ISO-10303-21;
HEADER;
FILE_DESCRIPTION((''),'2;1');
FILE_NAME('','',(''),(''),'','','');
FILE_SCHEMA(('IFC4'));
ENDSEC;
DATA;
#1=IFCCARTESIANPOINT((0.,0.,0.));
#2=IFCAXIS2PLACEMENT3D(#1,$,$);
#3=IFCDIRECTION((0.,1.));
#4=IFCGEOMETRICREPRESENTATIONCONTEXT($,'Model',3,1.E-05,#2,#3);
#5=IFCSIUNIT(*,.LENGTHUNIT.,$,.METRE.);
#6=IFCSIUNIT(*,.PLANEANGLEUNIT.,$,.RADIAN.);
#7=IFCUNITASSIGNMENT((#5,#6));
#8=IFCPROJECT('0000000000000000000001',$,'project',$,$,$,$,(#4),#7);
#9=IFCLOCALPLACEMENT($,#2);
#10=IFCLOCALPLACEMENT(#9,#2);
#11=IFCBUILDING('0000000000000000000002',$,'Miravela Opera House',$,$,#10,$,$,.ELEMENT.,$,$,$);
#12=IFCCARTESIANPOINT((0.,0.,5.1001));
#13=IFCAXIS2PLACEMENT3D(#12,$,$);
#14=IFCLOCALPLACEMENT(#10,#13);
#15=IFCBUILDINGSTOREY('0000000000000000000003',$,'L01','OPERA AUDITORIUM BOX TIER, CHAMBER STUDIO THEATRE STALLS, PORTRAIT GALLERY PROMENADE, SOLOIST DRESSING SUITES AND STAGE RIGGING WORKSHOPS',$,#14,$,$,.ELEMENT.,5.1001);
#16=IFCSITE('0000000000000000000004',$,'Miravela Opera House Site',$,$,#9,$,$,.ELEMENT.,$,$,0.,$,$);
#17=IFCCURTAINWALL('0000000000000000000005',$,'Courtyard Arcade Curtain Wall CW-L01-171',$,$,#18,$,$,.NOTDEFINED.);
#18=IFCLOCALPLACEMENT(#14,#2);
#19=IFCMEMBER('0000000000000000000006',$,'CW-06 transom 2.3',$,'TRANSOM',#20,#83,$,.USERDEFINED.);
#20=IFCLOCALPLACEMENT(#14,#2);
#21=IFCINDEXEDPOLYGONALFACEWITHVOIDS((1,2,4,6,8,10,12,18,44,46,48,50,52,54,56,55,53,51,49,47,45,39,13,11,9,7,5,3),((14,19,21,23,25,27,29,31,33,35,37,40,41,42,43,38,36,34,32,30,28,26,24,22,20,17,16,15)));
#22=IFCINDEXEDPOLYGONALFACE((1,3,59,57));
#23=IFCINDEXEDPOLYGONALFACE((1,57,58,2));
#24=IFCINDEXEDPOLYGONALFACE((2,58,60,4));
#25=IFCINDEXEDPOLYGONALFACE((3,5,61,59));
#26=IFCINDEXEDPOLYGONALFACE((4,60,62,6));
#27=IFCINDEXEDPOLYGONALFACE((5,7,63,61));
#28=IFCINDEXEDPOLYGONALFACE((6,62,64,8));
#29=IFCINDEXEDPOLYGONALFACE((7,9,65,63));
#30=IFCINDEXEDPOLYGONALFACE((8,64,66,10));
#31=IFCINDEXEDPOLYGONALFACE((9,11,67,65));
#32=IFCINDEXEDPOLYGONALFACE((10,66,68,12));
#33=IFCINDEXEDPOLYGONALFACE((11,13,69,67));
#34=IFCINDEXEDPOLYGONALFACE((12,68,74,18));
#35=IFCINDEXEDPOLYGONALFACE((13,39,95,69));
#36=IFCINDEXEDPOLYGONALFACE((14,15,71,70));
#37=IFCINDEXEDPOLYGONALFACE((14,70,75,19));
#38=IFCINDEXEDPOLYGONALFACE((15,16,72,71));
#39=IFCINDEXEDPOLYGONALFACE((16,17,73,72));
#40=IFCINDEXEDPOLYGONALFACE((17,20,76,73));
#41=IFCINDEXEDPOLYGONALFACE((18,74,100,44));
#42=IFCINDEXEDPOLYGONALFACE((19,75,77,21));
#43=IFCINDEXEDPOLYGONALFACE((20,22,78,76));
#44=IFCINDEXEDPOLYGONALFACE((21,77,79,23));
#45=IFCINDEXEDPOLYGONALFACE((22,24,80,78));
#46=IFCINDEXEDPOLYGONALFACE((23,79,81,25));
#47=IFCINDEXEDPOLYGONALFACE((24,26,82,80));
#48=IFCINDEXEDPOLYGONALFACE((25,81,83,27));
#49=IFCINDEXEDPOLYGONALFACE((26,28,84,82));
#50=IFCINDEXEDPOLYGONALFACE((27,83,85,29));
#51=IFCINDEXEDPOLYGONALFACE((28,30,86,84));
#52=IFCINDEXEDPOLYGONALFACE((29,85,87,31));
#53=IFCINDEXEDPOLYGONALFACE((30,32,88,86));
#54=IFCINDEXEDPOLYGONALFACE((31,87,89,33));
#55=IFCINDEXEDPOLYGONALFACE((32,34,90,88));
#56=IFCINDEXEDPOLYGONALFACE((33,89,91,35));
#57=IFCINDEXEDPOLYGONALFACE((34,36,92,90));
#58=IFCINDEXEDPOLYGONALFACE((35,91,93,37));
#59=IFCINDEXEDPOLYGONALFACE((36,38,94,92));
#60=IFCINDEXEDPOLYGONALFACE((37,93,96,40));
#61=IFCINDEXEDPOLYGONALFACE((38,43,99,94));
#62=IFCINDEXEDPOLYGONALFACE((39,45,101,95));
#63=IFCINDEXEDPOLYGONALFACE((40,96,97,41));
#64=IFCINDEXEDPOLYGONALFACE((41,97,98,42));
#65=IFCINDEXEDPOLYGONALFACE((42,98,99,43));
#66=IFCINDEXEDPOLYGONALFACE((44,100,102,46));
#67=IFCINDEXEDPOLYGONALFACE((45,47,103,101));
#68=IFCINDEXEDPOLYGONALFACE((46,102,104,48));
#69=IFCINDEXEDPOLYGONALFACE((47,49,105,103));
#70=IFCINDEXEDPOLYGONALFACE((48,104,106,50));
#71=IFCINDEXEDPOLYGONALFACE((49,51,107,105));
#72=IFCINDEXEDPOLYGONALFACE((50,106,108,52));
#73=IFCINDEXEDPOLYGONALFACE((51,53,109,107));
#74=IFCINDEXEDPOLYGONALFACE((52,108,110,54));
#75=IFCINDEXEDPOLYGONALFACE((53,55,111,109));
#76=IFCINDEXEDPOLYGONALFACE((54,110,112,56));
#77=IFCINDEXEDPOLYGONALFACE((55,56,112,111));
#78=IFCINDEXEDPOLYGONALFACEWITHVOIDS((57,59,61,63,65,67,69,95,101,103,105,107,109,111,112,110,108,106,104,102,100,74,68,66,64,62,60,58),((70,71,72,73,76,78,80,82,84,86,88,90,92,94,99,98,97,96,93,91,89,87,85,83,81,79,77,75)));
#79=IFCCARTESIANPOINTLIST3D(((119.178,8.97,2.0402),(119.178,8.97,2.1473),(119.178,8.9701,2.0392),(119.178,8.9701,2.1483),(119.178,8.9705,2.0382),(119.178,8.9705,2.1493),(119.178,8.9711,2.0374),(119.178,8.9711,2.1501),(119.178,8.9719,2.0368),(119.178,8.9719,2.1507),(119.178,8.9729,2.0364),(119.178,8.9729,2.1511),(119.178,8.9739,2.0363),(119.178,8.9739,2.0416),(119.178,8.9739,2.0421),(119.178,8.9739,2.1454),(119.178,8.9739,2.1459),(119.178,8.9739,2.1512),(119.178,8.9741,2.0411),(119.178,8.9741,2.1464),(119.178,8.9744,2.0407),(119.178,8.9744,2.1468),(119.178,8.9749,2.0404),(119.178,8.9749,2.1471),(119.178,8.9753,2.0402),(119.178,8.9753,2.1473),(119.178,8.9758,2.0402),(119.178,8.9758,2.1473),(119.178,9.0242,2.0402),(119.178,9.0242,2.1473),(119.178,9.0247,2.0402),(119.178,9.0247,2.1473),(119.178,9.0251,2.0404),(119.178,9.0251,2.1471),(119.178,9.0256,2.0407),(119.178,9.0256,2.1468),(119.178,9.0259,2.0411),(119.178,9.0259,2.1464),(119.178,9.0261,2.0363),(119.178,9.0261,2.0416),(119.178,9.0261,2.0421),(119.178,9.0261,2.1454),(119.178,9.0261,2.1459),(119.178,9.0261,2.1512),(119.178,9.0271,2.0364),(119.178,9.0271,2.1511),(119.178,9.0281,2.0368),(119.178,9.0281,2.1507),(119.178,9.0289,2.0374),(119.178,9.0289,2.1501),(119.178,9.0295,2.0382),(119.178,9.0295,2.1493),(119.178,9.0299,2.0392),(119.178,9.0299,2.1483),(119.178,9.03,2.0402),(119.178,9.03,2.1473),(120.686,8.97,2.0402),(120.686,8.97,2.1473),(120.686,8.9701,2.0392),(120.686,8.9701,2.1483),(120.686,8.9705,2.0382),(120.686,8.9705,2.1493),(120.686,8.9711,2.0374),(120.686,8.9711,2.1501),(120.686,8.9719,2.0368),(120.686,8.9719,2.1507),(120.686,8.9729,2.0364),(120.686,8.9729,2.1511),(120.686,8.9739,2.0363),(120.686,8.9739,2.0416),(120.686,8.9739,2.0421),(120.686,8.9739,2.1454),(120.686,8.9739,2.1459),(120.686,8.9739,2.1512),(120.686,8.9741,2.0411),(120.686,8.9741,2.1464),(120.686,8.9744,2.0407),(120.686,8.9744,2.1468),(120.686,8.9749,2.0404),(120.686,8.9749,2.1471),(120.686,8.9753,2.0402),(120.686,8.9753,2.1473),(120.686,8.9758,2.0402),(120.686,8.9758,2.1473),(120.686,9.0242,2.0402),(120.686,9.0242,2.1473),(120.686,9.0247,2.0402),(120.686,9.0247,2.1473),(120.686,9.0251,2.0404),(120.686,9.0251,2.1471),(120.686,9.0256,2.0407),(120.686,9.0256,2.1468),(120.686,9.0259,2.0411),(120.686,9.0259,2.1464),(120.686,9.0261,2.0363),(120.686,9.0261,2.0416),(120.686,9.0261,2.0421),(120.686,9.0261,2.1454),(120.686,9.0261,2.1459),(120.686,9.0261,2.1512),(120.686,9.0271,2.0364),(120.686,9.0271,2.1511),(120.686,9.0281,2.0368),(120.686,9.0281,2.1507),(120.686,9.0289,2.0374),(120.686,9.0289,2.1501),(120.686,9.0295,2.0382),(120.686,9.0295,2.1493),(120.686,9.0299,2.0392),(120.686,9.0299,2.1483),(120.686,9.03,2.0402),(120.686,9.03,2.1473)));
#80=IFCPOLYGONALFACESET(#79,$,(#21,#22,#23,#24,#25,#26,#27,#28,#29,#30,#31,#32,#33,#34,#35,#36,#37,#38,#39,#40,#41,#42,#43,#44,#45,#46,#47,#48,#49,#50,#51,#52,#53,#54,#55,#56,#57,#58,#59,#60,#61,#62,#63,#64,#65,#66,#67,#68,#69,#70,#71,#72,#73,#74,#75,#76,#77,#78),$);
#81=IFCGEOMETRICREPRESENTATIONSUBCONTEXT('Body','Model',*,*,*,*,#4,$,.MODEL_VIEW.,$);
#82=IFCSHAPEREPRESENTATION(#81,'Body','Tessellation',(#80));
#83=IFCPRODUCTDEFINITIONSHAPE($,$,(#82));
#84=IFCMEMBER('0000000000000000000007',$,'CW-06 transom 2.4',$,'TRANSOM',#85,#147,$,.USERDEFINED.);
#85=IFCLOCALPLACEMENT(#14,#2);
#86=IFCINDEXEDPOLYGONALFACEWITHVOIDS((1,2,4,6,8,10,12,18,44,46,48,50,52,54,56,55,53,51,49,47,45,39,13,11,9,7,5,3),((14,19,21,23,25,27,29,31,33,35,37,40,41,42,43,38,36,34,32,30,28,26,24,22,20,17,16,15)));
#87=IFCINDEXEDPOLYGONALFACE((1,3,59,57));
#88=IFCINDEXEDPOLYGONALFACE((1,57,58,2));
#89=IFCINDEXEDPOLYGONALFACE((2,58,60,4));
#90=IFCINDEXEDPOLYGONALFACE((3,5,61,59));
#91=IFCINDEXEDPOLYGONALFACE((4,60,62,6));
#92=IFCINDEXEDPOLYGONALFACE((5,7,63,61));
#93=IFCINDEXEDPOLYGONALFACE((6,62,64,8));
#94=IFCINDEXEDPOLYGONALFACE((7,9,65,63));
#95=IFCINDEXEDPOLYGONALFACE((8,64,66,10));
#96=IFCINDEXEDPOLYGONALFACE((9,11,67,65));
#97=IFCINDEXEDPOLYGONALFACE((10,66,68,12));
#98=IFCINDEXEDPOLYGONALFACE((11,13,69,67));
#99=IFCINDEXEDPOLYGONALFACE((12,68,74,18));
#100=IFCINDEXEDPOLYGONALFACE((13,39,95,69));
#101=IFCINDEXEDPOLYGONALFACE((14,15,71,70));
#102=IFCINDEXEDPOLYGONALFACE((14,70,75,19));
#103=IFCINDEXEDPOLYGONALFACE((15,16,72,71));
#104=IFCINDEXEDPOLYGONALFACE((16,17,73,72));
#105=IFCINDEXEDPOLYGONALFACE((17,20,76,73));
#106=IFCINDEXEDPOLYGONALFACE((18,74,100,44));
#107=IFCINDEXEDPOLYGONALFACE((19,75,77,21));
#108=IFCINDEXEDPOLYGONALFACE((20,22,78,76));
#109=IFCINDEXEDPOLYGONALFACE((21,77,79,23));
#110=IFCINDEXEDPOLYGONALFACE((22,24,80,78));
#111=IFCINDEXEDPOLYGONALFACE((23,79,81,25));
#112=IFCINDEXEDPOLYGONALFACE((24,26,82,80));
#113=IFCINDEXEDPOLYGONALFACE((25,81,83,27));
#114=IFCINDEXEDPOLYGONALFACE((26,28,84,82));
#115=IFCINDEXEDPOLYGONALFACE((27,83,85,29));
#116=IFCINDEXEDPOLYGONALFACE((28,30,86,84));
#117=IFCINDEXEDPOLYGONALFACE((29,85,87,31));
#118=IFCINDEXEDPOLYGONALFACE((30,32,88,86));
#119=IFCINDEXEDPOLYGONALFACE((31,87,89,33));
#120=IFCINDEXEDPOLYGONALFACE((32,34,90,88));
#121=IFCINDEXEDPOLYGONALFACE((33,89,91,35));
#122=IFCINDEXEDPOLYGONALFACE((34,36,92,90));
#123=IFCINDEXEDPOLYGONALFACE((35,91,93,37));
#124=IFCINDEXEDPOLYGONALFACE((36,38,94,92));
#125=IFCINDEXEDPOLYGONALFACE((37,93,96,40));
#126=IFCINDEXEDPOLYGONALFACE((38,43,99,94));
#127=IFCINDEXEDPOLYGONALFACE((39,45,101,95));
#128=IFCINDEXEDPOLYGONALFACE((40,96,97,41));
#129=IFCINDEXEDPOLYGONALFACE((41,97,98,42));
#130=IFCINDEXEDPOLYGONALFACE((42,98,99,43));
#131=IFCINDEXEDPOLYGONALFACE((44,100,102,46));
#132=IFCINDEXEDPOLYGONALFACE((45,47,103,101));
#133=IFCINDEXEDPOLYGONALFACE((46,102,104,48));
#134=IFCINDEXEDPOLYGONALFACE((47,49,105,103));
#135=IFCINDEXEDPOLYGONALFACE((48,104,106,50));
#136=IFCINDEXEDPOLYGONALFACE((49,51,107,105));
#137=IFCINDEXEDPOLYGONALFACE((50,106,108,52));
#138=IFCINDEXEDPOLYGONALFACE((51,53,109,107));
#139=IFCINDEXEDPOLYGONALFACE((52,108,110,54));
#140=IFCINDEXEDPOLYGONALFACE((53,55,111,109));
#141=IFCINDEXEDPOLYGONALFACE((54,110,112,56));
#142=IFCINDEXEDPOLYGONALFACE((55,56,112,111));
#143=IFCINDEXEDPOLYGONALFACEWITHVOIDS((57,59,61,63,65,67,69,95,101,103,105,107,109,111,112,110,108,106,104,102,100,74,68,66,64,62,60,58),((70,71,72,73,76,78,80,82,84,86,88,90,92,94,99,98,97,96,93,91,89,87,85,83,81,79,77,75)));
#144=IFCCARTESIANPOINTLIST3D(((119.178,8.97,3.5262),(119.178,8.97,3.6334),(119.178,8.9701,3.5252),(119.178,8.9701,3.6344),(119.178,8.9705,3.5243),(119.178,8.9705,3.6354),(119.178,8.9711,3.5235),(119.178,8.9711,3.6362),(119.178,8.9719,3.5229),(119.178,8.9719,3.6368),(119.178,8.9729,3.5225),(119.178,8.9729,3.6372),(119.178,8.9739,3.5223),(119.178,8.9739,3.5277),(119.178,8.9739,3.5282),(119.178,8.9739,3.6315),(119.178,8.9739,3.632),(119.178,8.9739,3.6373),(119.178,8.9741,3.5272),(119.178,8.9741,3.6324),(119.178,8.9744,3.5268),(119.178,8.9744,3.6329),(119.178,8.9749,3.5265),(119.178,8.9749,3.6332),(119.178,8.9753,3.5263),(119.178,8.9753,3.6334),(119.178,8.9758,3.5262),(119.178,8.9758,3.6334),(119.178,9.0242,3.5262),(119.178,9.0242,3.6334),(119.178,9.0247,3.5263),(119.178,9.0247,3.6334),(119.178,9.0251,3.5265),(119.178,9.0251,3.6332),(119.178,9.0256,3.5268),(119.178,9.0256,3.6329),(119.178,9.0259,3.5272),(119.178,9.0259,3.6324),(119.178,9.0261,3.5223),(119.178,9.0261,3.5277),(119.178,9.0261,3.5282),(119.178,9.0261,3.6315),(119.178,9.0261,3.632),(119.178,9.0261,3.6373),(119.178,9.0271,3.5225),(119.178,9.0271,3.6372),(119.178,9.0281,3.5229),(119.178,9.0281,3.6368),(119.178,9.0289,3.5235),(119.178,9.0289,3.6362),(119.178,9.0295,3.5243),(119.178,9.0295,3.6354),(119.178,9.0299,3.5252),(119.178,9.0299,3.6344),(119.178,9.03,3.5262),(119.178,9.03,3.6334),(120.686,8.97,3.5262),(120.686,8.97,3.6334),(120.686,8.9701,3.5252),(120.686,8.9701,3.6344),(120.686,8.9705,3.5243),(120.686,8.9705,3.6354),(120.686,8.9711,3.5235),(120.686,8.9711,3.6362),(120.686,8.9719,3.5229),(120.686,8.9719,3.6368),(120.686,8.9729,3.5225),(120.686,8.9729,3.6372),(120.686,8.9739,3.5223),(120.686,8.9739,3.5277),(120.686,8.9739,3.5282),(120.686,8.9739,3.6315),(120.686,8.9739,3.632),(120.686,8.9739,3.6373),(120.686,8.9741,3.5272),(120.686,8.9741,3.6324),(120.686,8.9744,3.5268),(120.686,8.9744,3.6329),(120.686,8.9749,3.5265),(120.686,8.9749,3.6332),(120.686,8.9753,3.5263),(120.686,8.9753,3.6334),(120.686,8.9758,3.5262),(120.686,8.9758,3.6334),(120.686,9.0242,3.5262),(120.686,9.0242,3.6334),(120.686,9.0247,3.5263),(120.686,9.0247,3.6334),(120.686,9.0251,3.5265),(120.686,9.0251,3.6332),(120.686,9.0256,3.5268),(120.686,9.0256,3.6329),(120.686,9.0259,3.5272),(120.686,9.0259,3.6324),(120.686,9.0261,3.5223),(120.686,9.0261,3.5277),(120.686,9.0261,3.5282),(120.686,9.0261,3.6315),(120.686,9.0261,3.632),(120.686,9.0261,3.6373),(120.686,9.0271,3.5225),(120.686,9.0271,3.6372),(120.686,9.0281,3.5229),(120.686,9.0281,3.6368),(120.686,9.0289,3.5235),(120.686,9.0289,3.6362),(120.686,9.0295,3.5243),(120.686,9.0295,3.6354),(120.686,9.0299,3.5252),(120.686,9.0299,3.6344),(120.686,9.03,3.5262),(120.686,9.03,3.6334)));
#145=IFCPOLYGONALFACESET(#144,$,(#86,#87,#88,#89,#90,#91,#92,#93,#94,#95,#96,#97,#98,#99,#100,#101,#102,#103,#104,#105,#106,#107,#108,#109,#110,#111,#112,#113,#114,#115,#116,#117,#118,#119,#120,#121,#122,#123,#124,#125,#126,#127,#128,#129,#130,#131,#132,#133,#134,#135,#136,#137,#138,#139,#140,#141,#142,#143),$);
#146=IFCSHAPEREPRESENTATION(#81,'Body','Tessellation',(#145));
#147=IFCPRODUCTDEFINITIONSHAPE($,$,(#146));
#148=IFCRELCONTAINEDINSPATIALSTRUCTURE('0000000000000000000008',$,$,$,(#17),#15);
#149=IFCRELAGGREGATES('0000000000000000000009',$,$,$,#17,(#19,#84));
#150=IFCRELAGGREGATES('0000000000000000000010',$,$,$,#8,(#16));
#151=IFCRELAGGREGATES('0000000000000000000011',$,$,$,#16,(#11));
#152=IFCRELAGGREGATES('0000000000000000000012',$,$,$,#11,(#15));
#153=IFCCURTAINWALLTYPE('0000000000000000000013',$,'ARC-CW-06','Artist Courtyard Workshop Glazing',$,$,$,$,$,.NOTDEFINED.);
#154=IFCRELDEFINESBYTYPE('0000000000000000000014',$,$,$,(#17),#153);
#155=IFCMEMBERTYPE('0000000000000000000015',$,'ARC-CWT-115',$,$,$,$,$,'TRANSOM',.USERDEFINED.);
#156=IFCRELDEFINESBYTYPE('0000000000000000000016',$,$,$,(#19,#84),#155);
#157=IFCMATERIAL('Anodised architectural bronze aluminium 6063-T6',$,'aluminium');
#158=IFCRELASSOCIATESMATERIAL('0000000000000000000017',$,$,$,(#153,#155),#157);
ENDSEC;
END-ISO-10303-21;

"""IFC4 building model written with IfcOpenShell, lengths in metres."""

from ifc_helpers import new_model, si_unit, direction, frame, origin, origin_2d, place, context, subcontext, project, spatial, hollow_rectangle, extrude, material, material_profile, profile_set, type_object, element, aggregate, save


model = new_model("IFC4")

# Units and contexts
model_context = context("Model", 3, precision=1e-05, world=origin(), true_north=direction((0.0, 1.0)))
body_context = subcontext(model_context, "Body", "Model", "MODEL_VIEW")
ifc_project = project(units=[si_unit("LENGTHUNIT", "METRE"), si_unit("PLANEANGLEUNIT", "RADIAN")], contexts=[model_context])

# Site, building, storey
site_placement = place(None, origin())
site = spatial("IfcSite", under=ifc_project, at=site_placement, Name="Miravela Opera House Site", CompositionType="ELEMENT", RefElevation=0.0)
building_placement = place(site_placement, origin())
building = spatial("IfcBuilding", under=site, at=building_placement, Name="Miravela Opera House", CompositionType="ELEMENT")
storey_placement = place(building_placement, frame((0.0, 0.0, 5.1001)))
storey = spatial("IfcBuildingStorey", under=building, at=storey_placement, Name="L01", Description="OPERA AUDITORIUM BOX TIER, CHAMBER STUDIO THEATRE STALLS, PORTRAIT GALLERY PROMENADE, SOLOIST DRESSING SUITES AND STAGE RIGGING WORKSHOPS", CompositionType="ELEMENT", Elevation=5.1001)

# Curtain wall, members
ifc_material_1 = material(Name="Anodised architectural bronze aluminium 6063-T6", Category="aluminium")
curtain_wall_type = type_object("IfcCurtainWallType", Name="ARC-CW-06", Description="Artist Courtyard Workshop Glazing", PredefinedType="NOTDEFINED", material=ifc_material_1)
curtain_wall_placement = place(storey_placement, origin())
curtain_wall = element("IfcCurtainWall", 1, at=curtain_wall_placement, inside=storey, type_object=curtain_wall_type, Name="Courtyard Arcade Curtain Wall CW-L01-171", PredefinedType="NOTDEFINED")
ifc_material_profile_1 = material_profile(ifc_material_1, hollow_rectangle(XDim=0.0601, YDim=0.115, WallThickness=0.0039, InnerFilletRadius=0.002, OuterFilletRadius=0.0039, at=origin_2d()), Name="CWT-60X115")
ifc_profile_set_1 = profile_set([ifc_material_profile_1])
member_type_1 = type_object("IfcMemberType", Name="ARC-CWT-115", ElementType="TRANSOM", PredefinedType="USERDEFINED", material=ifc_profile_set_1)
member_1_placement = place(storey_placement, frame((119.178, 9.0, 2.0938), z_axis=(1.0, 0.0, 0.0), x_axis=(0.0, 1.0, 0.0)))
member_1 = element("IfcMember", 2, at=member_1_placement, type_object=member_type_1, Name="CW-06 transom 2.3", ObjectType="TRANSOM", PredefinedType="USERDEFINED", context=body_context, shape_type="SweptSolid", body=[
    extrude(hollow_rectangle(XDim=0.0601, YDim=0.115, WallThickness=0.0039, InnerFilletRadius=0.002, OuterFilletRadius=0.0039, at=origin_2d()), origin(), (0.0, 0.0, 1.0), 1.5081),
])
member_2_placement = place(storey_placement, frame((119.178, 9.0, 3.5798), z_axis=(1.0, 0.0, 0.0), x_axis=(0.0, 1.0, 0.0)))
member_2 = element("IfcMember", 3, at=member_2_placement, type_object=member_type_1, Name="CW-06 transom 2.4", ObjectType="TRANSOM", PredefinedType="USERDEFINED", context=body_context, shape_type="SweptSolid", body=[
    extrude(hollow_rectangle(XDim=0.0601, YDim=0.115, WallThickness=0.0039, InnerFilletRadius=0.002, OuterFilletRadius=0.0039, at=origin_2d()), origin(), (0.0, 0.0, 1.0), 1.5081),
])

aggregate(curtain_wall, [member_1, member_2])

save(model, "model.ifc")
